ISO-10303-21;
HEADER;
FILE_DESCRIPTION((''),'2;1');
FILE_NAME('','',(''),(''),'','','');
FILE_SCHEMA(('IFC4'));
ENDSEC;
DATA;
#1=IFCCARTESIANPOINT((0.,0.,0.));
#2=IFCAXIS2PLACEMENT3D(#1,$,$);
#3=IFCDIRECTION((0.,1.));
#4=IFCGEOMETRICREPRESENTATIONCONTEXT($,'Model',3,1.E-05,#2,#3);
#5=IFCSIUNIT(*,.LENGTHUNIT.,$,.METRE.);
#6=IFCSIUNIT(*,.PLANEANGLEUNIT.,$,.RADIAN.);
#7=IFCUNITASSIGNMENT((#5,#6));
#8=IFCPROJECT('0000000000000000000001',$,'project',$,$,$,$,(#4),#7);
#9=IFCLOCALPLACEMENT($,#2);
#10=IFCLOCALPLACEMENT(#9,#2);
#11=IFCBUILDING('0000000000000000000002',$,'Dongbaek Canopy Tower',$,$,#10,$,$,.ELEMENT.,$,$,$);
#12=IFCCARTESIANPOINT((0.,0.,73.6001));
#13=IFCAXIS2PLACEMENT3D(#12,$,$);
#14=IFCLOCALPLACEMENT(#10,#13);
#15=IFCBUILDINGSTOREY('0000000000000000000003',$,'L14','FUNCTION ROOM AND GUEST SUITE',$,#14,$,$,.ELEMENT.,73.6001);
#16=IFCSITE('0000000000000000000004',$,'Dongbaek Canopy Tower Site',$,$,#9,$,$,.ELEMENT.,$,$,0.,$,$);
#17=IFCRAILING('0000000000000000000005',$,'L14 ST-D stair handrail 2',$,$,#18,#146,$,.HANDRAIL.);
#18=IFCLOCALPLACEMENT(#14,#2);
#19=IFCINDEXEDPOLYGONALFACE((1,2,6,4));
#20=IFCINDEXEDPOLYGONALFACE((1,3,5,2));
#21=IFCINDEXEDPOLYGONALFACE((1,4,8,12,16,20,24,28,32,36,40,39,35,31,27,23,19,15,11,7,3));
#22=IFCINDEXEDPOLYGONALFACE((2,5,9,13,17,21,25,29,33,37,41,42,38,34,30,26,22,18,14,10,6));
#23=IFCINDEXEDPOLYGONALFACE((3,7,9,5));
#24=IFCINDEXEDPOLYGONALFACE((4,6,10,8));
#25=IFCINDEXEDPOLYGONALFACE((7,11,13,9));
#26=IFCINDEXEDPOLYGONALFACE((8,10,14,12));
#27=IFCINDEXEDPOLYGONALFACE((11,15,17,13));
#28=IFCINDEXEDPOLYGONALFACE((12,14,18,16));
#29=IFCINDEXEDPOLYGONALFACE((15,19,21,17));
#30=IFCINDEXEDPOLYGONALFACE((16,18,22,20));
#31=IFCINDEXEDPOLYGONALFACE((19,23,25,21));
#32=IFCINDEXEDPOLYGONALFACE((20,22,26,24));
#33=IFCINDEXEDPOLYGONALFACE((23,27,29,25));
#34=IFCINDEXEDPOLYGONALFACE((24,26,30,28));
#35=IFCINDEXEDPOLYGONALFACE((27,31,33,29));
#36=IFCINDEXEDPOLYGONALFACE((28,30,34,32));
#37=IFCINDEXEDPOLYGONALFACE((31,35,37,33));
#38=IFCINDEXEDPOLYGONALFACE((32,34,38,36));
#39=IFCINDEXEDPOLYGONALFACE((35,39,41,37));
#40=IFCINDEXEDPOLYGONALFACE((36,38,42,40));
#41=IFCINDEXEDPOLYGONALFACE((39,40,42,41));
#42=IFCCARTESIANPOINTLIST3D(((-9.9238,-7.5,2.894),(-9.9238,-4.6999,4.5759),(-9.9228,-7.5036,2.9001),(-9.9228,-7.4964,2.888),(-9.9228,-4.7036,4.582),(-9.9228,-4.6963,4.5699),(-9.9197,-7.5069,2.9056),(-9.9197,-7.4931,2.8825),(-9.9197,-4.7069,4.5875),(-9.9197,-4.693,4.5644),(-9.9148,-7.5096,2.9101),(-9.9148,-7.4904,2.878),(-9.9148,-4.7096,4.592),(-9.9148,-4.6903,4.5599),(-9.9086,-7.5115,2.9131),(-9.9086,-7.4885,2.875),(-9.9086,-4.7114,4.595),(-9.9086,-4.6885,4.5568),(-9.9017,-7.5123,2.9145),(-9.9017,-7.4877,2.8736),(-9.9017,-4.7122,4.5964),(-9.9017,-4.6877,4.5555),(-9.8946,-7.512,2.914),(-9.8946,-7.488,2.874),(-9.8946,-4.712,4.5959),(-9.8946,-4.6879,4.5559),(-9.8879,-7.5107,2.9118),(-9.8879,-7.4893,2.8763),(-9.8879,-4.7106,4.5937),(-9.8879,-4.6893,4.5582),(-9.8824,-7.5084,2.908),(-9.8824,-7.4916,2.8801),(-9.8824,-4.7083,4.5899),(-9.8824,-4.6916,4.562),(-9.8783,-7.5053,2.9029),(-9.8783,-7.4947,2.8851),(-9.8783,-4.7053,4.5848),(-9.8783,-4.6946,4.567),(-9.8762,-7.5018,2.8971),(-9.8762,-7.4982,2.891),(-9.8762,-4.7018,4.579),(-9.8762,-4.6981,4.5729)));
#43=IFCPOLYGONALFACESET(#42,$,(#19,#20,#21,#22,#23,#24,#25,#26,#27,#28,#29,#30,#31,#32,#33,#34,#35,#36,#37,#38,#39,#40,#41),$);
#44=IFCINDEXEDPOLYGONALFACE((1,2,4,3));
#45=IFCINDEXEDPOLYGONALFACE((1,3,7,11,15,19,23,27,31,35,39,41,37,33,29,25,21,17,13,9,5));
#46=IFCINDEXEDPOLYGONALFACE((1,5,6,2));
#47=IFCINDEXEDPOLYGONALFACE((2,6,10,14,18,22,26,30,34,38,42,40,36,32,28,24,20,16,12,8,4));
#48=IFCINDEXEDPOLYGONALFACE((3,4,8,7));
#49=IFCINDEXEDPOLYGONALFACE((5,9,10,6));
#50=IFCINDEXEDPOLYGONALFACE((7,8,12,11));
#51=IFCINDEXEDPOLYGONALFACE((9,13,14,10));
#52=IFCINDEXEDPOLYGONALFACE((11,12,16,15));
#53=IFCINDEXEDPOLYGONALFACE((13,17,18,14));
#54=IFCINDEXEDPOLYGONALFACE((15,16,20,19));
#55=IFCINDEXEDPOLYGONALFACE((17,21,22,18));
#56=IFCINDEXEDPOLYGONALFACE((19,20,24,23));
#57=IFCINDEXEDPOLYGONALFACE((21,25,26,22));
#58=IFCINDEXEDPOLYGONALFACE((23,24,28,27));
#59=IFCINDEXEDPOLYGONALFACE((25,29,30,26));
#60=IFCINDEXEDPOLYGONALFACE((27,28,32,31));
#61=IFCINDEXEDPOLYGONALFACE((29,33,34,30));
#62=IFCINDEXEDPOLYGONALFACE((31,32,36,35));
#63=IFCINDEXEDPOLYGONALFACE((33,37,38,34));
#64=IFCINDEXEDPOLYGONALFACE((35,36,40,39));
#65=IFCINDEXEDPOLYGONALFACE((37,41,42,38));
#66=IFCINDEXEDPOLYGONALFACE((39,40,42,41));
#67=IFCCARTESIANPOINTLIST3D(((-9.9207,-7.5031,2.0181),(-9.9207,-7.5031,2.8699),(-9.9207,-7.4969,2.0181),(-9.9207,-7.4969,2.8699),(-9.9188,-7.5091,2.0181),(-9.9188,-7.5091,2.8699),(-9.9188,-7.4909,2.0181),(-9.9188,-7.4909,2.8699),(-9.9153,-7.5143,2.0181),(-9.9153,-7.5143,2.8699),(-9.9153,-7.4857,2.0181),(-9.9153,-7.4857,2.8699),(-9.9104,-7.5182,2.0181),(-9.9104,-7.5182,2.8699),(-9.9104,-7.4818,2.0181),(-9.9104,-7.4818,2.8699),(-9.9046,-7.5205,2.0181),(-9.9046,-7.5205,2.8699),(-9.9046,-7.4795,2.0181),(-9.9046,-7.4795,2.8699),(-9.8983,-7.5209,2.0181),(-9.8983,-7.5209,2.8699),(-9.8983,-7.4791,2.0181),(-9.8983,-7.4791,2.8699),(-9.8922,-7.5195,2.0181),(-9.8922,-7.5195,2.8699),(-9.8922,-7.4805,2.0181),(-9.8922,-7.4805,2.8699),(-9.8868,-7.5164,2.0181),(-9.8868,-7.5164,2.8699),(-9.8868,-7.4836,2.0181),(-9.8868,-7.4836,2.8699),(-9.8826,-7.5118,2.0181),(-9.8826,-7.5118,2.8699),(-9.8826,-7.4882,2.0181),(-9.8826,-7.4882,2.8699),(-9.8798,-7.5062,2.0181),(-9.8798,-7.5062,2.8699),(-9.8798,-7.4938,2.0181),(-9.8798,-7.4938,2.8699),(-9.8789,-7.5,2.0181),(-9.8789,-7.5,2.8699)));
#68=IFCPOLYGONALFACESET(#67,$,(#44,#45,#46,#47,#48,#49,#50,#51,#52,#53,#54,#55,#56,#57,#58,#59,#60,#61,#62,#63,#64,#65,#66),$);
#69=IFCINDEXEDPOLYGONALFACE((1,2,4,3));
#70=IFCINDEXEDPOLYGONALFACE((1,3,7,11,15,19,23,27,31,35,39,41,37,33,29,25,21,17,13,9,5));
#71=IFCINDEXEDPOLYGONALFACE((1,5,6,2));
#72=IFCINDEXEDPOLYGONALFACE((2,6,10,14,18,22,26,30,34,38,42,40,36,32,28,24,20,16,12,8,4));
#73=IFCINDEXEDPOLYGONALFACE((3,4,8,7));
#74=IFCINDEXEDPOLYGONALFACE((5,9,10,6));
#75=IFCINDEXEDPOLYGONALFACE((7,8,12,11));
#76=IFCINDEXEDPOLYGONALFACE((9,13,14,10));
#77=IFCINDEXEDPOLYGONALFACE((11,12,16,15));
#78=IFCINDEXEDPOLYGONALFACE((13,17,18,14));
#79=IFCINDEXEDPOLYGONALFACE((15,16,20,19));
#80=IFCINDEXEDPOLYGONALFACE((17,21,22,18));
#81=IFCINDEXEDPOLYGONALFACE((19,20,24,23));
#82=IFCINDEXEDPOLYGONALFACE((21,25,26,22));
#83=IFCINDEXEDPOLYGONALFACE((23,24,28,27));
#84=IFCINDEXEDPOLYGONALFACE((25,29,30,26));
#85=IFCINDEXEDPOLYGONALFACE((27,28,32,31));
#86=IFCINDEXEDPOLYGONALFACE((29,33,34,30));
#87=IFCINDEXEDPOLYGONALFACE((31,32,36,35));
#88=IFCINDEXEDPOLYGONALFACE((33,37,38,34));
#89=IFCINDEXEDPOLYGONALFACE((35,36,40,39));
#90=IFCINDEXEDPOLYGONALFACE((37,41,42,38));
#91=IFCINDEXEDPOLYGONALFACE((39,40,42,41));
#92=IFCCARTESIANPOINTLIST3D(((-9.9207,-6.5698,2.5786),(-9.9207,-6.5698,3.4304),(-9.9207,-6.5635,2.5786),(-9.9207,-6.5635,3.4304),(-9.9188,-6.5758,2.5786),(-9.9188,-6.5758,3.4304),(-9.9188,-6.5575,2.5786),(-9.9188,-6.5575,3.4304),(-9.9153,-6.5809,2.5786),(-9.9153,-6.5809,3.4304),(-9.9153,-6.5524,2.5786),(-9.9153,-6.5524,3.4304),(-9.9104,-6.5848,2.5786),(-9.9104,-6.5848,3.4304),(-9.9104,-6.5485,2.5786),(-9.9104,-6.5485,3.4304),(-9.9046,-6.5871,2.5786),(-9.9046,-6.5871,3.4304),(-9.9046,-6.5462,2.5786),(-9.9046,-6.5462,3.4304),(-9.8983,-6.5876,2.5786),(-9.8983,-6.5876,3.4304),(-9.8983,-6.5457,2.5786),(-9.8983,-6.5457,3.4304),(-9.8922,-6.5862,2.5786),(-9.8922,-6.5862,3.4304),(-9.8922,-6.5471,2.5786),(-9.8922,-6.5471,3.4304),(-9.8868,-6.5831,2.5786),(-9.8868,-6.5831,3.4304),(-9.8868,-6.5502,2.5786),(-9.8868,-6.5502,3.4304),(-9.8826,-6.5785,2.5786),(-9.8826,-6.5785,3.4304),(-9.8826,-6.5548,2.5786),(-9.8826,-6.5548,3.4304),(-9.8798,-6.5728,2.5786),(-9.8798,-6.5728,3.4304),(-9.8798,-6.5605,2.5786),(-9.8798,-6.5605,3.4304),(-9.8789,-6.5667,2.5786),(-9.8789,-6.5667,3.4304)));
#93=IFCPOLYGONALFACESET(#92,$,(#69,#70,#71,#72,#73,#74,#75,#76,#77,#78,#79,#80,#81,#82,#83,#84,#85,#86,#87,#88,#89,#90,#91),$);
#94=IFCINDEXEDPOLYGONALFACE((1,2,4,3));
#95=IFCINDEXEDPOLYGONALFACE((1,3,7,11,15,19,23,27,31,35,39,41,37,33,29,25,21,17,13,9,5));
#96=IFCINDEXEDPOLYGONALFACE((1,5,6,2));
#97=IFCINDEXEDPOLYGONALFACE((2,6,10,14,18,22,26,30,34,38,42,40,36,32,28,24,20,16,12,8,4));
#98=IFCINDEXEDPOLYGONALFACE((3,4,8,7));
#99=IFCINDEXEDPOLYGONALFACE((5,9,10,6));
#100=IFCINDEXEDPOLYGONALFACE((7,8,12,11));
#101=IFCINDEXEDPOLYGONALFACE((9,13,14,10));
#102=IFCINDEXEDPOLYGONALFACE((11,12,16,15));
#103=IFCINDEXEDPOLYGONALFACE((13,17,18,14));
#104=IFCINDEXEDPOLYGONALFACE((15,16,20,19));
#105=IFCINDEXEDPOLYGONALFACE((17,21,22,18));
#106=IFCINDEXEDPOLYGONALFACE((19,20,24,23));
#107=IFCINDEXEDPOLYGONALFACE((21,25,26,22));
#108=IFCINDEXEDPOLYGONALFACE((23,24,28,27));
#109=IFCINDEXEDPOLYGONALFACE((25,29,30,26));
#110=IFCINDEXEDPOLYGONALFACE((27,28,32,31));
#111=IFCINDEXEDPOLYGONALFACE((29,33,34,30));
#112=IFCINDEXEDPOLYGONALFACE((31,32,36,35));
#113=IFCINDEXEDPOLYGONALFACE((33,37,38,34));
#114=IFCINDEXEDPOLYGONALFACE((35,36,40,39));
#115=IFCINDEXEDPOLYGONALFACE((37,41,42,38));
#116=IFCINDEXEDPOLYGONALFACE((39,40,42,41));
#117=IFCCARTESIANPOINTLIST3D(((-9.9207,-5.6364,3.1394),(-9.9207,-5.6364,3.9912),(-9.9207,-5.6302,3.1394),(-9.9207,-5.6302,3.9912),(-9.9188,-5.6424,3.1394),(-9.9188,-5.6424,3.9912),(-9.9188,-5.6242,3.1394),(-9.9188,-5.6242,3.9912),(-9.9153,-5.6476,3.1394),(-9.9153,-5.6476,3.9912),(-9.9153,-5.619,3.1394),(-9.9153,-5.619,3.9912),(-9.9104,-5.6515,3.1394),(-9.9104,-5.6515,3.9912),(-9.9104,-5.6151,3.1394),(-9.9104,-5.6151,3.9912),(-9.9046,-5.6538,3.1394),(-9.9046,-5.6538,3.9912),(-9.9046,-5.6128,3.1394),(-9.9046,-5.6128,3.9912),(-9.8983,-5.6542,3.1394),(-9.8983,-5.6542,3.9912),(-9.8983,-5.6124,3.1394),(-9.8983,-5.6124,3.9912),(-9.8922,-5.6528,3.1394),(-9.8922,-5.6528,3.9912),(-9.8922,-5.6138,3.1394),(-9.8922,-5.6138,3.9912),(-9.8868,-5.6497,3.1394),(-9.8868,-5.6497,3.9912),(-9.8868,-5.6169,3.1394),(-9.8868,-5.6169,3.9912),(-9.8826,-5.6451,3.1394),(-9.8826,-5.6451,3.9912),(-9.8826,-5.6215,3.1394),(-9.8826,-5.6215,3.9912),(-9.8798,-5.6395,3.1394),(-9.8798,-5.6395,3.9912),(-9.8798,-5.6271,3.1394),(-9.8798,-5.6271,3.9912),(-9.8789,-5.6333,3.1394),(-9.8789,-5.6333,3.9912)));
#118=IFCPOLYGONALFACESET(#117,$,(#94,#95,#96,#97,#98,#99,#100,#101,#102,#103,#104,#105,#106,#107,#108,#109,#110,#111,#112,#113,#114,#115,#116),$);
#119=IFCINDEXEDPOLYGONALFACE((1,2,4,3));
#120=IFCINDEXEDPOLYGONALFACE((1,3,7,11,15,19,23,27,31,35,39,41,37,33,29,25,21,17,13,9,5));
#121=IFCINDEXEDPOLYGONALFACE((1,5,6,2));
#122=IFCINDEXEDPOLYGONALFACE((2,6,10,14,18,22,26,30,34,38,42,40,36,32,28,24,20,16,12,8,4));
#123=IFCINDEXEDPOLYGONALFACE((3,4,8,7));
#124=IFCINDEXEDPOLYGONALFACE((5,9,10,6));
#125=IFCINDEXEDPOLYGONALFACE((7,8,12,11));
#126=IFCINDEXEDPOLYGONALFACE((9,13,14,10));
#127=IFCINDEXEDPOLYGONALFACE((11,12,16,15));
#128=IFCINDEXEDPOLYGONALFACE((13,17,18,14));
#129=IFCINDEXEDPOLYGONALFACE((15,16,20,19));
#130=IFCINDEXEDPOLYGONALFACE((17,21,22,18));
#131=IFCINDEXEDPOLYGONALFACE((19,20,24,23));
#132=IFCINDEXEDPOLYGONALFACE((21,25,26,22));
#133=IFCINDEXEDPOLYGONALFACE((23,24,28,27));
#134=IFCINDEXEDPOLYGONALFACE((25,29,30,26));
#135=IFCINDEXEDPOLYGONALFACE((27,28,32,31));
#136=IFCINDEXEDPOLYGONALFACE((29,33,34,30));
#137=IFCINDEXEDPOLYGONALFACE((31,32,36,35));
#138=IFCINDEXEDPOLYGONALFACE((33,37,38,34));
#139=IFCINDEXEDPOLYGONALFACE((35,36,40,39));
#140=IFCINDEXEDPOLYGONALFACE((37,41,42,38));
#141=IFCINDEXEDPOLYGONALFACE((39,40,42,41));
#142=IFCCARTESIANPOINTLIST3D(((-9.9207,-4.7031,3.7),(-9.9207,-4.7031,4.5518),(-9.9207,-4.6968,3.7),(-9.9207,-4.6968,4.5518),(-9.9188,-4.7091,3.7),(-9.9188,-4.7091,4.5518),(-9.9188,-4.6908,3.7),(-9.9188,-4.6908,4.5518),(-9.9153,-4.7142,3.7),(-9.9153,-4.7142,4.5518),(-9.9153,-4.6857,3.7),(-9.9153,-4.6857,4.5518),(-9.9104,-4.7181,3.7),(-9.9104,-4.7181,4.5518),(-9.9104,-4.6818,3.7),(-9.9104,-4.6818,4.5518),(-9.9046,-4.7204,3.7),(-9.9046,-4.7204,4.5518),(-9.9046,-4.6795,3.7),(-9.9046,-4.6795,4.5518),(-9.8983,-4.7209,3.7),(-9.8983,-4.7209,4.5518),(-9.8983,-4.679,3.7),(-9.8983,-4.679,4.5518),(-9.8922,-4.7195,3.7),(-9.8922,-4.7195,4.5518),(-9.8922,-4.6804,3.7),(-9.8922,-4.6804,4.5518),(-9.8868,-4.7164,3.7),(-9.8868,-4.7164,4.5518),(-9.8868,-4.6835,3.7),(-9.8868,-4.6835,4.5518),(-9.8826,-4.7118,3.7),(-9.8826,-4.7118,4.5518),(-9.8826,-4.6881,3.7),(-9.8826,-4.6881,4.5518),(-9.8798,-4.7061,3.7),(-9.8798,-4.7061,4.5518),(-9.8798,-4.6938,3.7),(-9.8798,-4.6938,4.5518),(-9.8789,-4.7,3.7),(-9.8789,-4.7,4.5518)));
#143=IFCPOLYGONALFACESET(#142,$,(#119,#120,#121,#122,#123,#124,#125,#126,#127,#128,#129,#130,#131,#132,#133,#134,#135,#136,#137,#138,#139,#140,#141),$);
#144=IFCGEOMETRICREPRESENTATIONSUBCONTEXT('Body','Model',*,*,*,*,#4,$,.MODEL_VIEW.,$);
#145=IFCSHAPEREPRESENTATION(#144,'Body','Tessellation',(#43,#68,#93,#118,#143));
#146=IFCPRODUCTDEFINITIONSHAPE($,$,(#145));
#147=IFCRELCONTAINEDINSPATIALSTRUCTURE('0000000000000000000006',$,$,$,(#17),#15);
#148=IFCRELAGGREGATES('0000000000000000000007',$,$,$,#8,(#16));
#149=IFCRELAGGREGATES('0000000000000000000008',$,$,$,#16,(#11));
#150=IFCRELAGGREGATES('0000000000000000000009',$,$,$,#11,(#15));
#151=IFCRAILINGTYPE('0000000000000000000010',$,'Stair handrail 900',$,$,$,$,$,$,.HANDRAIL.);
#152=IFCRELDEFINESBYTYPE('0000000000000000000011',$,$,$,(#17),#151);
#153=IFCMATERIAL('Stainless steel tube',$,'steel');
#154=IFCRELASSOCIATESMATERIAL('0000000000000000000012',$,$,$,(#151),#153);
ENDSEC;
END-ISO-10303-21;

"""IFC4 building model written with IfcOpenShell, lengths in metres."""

from ifc_helpers import new_model, si_unit, direction, frame, origin, origin_2d, place, context, subcontext, project, spatial, circle, extrude, material, type_object, element, save


model = new_model("IFC4")

# Units and contexts
model_context = context("Model", 3, precision=1e-05, world=origin(), true_north=direction((0.0, 1.0)))
body_context = subcontext(model_context, "Body", "Model", "MODEL_VIEW")
ifc_project = project(units=[si_unit("LENGTHUNIT", "METRE"), si_unit("PLANEANGLEUNIT", "RADIAN")], contexts=[model_context])

# Site, building, storey
site_placement = place(None, origin())
site = spatial("IfcSite", under=ifc_project, at=site_placement, Name="Dongbaek Canopy Tower Site", CompositionType="ELEMENT", RefElevation=0.0)
building_placement = place(site_placement, origin())
building = spatial("IfcBuilding", under=site, at=building_placement, Name="Dongbaek Canopy Tower", CompositionType="ELEMENT")
storey_placement = place(building_placement, frame((0.0, 0.0, 73.6001)))
storey = spatial("IfcBuildingStorey", under=building, at=storey_placement, Name="L14", Description="FUNCTION ROOM AND GUEST SUITE", CompositionType="ELEMENT", Elevation=73.6001)

# Railing
ifc_material_1 = material(Name="Stainless steel tube", Category="steel")
railing_type_1 = type_object("IfcRailingType", Name="Stair handrail 900", PredefinedType="HANDRAIL", material=ifc_material_1)
railing_1_placement = place(storey_placement, frame((-9.8999, -7.5, 2.0181)))
element("IfcRailing", 1, at=railing_1_placement, inside=storey, type_object=railing_type_1, Name="L14 ST-D stair handrail 2", PredefinedType="HANDRAIL", context=body_context, shape_type="SweptSolid", body=[
    extrude(circle(Radius=0.0239, at=origin_2d()), frame((0.0, 0.0, 0.876), z_axis=(0.0, 0.857242, 0.514913), x_axis=(-1.0, 0.0, 0.0)), (0.0, 0.0, 1.0), 3.2664),
    extrude(circle(Radius=0.021, at=origin_2d()), origin(), (0.0, 0.0, 1.0), 0.8518),
    extrude(circle(Radius=0.021, at=origin_2d()), frame((0.0, 0.9333, 0.5605)), (0.0, 0.0, 1.0), 0.8518),
    extrude(circle(Radius=0.021, at=origin_2d()), frame((0.0, 1.8667, 1.1213)), (0.0, 0.0, 1.0), 0.8518),
    extrude(circle(Radius=0.021, at=origin_2d()), frame((0.0, 2.8, 1.6819)), (0.0, 0.0, 1.0), 0.8518),
])

save(model, "model.ifc")
